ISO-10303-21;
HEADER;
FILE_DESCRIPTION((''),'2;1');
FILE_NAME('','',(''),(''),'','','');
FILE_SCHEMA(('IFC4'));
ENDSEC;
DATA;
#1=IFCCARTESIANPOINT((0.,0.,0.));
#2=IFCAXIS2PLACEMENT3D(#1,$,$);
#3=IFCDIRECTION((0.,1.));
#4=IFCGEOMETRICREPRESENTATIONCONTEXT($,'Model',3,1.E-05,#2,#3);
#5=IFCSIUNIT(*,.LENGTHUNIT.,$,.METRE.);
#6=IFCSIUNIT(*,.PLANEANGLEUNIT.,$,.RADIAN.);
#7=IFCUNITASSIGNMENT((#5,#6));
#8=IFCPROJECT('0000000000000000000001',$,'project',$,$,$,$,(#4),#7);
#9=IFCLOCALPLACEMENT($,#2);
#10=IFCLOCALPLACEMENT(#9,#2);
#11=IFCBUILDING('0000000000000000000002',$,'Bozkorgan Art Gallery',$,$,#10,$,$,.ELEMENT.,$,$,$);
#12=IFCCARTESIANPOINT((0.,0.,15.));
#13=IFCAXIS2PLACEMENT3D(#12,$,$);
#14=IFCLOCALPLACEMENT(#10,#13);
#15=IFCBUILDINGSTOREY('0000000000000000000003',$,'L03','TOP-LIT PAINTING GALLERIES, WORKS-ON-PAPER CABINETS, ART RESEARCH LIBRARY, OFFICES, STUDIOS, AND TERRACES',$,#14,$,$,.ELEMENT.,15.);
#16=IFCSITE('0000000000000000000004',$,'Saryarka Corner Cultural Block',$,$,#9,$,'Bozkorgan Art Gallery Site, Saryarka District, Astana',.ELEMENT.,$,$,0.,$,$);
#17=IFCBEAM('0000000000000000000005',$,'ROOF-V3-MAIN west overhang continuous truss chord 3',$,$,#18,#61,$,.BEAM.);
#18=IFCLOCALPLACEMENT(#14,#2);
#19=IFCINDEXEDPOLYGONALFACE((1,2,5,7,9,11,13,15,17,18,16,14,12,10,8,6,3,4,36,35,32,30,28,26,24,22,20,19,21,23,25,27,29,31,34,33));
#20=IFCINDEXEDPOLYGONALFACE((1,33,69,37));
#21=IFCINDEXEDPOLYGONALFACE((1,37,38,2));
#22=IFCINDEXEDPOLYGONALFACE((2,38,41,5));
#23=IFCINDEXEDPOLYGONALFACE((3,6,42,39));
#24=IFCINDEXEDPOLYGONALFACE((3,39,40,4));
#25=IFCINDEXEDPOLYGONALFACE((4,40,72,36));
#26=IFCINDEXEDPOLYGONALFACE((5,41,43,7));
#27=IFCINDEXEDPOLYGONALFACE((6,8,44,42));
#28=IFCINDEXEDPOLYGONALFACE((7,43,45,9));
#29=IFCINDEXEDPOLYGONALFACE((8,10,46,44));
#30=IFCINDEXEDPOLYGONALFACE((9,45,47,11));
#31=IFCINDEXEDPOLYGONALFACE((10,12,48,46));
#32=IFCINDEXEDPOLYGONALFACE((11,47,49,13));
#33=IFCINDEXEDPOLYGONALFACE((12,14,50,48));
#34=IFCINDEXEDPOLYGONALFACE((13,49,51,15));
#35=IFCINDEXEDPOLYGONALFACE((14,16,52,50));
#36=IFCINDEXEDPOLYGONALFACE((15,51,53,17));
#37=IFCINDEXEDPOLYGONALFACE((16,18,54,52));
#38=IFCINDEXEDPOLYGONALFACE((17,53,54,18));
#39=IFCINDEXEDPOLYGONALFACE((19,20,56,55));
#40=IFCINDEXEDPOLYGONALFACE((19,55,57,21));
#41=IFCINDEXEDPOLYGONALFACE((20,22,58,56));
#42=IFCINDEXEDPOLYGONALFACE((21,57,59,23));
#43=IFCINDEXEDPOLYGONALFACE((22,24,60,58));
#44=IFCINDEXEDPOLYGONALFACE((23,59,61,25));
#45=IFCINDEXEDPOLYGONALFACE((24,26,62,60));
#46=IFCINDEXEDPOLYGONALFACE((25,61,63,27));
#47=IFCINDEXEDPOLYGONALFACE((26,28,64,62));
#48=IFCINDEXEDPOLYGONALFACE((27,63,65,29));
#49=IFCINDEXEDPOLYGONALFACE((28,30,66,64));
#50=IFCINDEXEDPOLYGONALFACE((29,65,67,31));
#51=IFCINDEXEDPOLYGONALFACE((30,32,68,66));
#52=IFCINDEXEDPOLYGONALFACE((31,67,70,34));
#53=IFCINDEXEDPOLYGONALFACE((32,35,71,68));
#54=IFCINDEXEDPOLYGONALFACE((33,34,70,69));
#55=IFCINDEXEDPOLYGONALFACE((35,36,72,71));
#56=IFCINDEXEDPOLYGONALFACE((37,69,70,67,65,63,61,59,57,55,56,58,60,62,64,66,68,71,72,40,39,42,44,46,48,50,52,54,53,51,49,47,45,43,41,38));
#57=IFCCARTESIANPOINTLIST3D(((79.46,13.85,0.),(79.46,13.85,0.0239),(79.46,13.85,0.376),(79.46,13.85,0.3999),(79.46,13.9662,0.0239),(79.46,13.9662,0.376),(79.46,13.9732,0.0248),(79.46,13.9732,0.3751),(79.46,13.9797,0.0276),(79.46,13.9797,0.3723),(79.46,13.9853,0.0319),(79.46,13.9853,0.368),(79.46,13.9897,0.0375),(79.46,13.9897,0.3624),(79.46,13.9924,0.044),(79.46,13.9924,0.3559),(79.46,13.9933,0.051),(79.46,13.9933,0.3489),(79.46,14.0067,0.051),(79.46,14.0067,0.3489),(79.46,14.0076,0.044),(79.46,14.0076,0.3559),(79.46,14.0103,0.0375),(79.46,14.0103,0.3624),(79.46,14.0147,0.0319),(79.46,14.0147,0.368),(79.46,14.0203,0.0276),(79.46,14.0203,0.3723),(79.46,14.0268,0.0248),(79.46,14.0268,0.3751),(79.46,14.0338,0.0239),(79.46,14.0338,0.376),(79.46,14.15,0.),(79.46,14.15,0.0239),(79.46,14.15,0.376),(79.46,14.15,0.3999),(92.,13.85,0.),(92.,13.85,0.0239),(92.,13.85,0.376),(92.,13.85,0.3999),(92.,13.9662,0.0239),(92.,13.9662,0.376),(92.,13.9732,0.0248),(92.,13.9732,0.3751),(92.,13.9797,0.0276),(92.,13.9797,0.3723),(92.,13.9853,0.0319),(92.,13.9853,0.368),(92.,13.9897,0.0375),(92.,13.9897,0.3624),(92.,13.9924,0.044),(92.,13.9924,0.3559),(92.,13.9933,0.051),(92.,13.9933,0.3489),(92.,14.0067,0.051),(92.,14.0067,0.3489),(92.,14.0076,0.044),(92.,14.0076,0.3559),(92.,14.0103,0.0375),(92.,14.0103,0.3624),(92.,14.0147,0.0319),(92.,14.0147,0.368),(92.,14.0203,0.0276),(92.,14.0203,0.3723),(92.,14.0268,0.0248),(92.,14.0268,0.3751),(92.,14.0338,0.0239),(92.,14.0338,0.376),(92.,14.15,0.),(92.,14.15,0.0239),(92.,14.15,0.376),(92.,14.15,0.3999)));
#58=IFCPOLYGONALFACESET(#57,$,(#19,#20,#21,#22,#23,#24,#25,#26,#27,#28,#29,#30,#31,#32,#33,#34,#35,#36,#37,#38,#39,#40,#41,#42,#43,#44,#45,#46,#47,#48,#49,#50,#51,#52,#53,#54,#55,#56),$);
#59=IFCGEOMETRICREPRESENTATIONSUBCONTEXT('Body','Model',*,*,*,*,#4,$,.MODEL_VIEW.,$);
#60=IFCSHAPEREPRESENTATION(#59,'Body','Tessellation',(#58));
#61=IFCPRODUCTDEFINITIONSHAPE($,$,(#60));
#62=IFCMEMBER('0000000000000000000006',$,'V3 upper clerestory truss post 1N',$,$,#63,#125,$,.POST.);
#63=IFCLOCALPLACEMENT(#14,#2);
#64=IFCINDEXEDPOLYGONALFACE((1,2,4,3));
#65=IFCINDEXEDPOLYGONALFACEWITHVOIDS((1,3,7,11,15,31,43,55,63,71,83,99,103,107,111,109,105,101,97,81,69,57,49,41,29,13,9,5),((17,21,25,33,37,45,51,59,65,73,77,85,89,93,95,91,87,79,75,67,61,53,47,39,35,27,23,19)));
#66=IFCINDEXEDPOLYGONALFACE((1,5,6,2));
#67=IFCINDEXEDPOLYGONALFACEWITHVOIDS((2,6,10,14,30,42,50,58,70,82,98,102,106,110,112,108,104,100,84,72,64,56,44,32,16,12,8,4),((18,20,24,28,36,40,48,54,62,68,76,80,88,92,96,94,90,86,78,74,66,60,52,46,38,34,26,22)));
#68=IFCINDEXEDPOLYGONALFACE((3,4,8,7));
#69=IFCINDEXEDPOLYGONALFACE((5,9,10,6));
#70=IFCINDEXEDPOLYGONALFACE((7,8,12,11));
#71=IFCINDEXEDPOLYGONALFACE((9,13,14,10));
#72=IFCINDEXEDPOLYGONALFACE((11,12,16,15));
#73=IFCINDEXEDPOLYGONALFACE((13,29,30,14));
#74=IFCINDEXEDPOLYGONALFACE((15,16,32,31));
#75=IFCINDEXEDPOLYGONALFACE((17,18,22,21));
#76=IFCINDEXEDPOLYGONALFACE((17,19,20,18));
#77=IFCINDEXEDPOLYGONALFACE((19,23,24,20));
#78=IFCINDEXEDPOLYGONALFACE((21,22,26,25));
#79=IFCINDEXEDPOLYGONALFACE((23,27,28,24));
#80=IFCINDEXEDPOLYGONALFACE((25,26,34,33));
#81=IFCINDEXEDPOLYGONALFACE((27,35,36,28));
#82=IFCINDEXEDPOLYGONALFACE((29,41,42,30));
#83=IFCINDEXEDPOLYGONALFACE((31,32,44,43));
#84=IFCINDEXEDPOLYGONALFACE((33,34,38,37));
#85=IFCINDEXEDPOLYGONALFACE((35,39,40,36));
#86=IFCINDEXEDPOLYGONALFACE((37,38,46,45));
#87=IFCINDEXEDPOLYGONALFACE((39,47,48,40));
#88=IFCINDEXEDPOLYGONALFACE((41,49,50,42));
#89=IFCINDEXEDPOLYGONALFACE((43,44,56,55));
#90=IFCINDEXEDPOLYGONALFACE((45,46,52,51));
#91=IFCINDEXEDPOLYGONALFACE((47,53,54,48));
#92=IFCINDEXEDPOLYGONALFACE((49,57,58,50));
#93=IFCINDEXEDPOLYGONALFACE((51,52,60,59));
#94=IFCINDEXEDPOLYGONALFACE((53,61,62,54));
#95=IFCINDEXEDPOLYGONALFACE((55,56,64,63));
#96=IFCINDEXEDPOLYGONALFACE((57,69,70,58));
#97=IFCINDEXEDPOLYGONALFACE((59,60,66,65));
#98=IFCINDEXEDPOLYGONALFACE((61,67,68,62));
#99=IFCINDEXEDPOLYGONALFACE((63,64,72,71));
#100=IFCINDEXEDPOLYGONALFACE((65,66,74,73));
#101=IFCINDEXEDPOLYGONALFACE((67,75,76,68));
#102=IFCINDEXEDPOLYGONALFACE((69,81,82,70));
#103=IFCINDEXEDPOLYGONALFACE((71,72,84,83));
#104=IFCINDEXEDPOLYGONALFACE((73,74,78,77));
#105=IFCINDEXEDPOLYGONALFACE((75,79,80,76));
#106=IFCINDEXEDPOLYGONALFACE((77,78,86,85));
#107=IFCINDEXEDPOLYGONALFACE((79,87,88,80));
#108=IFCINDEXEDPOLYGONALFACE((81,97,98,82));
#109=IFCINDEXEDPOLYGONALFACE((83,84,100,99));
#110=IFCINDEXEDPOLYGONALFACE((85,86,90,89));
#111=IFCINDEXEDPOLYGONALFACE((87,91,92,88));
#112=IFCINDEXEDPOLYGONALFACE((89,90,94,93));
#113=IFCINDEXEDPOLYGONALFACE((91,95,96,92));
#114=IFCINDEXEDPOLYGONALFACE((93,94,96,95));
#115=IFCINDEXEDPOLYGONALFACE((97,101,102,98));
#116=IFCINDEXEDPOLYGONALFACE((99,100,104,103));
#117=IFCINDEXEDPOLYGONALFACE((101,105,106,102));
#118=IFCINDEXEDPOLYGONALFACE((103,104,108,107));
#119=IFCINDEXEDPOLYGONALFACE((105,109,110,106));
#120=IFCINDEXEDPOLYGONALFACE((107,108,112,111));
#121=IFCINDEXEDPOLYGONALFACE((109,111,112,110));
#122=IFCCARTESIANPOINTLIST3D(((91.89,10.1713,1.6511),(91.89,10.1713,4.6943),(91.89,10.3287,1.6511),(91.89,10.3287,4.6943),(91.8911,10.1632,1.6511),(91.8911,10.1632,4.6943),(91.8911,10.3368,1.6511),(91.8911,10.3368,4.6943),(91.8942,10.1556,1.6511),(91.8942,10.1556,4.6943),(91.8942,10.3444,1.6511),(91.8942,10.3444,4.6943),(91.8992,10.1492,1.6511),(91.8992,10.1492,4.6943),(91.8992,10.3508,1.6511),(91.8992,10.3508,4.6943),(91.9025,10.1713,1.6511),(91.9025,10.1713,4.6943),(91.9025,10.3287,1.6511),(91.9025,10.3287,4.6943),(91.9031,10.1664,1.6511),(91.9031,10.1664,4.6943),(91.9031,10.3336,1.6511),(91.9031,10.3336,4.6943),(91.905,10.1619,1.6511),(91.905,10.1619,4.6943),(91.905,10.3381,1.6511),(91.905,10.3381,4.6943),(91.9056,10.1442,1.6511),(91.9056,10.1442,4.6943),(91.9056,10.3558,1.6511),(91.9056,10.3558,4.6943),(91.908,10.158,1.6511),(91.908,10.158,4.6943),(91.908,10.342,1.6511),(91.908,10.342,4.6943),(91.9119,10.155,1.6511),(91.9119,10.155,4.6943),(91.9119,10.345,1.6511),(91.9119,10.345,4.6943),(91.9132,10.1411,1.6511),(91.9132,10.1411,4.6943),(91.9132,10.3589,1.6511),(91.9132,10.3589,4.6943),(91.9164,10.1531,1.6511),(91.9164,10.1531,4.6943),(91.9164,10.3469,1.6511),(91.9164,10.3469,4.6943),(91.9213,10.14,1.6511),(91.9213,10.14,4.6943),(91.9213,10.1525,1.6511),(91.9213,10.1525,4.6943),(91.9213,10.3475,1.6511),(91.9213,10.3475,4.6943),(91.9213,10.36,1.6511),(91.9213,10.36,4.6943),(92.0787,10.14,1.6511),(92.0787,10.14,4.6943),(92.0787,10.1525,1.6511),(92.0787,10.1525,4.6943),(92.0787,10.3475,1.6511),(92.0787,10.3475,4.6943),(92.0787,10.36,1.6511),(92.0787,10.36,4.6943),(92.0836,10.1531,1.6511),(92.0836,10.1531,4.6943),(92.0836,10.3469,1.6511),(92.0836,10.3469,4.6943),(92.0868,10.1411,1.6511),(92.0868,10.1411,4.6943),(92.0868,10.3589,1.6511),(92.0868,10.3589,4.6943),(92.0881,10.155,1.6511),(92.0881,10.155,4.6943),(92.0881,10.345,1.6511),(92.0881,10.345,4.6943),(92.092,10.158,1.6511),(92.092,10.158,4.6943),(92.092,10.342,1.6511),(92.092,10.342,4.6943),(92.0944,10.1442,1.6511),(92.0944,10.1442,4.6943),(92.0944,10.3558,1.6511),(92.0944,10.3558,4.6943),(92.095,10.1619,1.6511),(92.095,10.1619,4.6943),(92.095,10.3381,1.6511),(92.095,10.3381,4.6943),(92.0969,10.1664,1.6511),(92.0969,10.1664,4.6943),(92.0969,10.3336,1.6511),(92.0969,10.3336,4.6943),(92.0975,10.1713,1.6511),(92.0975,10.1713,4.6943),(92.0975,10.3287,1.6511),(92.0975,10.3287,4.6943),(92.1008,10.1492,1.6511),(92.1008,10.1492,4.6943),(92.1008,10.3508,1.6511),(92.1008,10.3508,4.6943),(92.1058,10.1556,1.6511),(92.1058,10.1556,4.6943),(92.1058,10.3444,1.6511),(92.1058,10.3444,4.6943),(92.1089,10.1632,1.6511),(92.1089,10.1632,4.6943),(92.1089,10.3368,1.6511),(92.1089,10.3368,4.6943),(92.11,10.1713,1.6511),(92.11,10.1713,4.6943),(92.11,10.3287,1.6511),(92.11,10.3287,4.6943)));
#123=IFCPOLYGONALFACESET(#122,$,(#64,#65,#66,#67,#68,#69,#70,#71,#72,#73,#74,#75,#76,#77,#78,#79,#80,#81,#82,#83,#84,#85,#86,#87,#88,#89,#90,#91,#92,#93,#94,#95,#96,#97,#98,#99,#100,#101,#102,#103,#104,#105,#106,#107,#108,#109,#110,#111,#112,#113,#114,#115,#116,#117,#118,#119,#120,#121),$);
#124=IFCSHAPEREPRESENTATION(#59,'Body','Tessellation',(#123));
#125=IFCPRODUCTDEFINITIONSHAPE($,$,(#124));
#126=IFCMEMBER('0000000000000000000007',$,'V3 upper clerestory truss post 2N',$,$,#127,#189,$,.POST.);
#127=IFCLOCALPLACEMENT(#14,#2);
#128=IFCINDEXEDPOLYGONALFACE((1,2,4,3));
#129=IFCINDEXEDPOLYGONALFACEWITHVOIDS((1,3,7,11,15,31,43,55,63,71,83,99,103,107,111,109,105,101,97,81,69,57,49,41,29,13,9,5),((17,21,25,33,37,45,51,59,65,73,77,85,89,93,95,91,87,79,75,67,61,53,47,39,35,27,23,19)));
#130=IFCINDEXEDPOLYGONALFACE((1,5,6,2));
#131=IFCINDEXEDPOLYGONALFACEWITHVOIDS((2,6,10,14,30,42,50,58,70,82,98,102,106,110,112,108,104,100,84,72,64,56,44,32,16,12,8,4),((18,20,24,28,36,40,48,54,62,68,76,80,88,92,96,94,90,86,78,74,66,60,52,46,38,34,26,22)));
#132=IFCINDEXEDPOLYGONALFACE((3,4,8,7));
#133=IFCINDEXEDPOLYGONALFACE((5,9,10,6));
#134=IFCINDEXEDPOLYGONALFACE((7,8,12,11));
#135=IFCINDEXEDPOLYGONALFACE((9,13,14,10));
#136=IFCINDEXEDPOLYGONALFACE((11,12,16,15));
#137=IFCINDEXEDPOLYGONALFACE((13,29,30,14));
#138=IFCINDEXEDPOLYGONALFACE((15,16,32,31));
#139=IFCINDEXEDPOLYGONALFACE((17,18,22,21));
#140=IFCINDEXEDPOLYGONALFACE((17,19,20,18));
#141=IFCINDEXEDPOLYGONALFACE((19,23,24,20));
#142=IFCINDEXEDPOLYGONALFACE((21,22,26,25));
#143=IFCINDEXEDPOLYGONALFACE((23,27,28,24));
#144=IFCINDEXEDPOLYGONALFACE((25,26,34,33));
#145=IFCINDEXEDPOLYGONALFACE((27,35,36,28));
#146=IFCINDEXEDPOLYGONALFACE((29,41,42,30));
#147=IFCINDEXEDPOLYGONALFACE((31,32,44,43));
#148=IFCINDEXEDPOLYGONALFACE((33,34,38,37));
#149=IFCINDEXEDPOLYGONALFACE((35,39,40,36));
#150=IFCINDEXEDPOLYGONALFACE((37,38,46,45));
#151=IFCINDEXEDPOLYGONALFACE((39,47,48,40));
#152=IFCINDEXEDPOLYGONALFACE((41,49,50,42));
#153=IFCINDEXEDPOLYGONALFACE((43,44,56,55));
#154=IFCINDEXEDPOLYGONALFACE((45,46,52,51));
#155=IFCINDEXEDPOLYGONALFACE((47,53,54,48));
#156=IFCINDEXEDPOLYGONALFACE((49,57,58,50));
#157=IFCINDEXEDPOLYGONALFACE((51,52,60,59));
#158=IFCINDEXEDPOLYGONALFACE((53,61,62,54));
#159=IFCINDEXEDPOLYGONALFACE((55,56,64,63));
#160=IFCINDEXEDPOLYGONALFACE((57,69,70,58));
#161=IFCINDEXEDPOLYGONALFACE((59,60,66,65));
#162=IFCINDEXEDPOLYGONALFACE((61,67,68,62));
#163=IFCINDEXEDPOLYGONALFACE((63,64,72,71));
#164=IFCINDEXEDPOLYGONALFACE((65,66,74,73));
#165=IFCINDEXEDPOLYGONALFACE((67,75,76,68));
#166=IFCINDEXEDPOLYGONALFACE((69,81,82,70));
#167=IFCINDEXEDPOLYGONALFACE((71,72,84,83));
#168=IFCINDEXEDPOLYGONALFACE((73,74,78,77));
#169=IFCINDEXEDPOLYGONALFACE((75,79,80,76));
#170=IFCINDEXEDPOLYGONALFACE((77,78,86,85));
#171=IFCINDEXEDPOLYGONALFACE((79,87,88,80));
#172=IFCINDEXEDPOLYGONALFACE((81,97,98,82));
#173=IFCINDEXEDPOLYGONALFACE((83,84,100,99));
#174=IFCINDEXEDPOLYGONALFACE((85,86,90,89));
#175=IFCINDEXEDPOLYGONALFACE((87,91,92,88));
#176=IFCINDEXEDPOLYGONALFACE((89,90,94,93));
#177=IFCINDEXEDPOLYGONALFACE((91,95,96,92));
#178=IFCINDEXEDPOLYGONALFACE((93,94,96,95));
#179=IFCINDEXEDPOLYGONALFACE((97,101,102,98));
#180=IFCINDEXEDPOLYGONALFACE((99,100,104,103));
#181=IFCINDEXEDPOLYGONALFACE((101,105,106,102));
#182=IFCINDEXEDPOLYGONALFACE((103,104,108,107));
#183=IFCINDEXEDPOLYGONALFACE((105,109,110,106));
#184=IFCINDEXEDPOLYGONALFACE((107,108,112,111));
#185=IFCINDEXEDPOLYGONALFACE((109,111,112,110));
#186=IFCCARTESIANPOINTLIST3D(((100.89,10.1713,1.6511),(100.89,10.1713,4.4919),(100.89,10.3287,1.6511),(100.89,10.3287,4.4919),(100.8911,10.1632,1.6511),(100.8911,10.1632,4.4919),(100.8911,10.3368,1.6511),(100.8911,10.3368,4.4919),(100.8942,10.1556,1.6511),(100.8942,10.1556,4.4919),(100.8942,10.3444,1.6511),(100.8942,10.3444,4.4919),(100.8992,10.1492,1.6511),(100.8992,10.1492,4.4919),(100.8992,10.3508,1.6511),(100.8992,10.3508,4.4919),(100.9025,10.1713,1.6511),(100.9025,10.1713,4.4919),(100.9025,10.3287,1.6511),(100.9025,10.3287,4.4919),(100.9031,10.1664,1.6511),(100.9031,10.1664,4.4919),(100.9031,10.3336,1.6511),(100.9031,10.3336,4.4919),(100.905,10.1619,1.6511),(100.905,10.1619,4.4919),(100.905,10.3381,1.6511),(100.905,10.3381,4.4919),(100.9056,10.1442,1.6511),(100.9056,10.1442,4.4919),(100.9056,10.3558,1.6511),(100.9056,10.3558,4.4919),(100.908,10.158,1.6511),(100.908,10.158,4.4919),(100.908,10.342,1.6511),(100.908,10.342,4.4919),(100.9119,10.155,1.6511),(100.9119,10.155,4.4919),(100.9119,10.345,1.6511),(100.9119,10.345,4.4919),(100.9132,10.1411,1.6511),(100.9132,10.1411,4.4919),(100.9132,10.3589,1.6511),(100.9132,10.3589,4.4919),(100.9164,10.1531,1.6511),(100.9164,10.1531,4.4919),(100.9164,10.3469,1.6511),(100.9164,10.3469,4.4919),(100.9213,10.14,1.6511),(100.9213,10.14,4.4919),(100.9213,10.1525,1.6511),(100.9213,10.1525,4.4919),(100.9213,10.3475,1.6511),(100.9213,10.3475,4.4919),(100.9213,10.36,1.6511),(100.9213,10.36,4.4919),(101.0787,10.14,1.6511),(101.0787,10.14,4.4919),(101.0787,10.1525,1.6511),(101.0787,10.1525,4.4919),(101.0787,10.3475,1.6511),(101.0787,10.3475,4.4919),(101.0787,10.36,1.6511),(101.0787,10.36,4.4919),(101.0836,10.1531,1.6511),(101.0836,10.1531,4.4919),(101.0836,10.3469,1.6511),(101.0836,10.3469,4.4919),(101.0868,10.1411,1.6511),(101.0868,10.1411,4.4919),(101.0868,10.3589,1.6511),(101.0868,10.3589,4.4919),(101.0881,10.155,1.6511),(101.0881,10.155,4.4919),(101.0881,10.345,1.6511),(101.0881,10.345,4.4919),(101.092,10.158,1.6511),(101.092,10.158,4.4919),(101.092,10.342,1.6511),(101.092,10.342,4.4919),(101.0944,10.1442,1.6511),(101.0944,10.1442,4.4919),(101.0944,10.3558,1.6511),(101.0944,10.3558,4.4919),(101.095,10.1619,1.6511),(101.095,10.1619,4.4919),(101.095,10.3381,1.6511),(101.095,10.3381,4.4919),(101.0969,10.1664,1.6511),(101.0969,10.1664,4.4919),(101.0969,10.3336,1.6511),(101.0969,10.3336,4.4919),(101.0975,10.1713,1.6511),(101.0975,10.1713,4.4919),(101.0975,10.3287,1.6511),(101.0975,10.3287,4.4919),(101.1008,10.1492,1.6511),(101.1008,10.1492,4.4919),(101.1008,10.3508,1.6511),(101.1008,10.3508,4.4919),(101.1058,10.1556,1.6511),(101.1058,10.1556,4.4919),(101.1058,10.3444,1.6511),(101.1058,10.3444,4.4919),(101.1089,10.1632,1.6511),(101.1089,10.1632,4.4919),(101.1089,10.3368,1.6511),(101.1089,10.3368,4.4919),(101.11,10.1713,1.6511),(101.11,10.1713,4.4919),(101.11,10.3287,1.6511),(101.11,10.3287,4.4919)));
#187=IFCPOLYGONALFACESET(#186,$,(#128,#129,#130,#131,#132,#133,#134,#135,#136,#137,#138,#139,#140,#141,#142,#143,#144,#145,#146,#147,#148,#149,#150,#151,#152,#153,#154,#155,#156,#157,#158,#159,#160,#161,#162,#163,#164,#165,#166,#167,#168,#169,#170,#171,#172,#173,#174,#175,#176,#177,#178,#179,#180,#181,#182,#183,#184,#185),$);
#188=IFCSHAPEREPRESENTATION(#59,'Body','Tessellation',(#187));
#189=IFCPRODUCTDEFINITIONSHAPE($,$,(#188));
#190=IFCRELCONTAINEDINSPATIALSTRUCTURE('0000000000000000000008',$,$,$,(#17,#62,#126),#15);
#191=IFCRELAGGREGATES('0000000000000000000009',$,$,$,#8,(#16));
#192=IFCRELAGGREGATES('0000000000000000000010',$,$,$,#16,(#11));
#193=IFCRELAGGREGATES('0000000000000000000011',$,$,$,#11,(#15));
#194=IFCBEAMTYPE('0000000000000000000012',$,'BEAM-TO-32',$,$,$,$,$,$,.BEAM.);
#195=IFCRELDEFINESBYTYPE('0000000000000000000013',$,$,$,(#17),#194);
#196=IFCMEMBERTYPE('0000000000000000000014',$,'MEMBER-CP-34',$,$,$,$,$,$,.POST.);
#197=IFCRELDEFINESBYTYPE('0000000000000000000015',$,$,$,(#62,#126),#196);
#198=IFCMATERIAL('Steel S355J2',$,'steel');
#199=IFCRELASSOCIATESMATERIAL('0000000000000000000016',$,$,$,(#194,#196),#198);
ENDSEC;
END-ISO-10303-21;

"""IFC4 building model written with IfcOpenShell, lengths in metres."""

from ifc_helpers import new_model, si_unit, direction, frame, origin, origin_2d, place, context, subcontext, project, spatial, hollow_rectangle, i_section, extrude, material, material_profile, profile_set, type_object, element, save


model = new_model("IFC4")

# Units and contexts
model_context = context("Model", 3, precision=1e-05, world=origin(), true_north=direction((0.0, 1.0)))
body_context = subcontext(model_context, "Body", "Model", "MODEL_VIEW")
ifc_project = project(units=[si_unit("LENGTHUNIT", "METRE"), si_unit("PLANEANGLEUNIT", "RADIAN")], contexts=[model_context])

# Site, building, storey
site_placement = place(None, origin())
site = spatial("IfcSite", under=ifc_project, at=site_placement, Name="Saryarka Corner Cultural Block", LongName="Bozkorgan Art Gallery Site, Saryarka District, Astana", CompositionType="ELEMENT", RefElevation=0.0)
building_placement = place(site_placement, origin())
building = spatial("IfcBuilding", under=site, at=building_placement, Name="Bozkorgan Art Gallery", CompositionType="ELEMENT")
storey_placement = place(building_placement, frame((0.0, 0.0, 15.0)))
storey = spatial("IfcBuildingStorey", under=building, at=storey_placement, Name="L03", Description="TOP-LIT PAINTING GALLERIES, WORKS-ON-PAPER CABINETS, ART RESEARCH LIBRARY, OFFICES, STUDIOS, AND TERRACES", CompositionType="ELEMENT", Elevation=15.0)

# Beam
ifc_material = material(Name="Steel S355J2", Category="steel")
ifc_material_profile_1 = material_profile(ifc_material, i_section(OverallWidth=0.3, OverallDepth=0.3999, WebThickness=0.0134, FlangeThickness=0.0239, FilletRadius=0.0271, at=origin_2d()), Name="HEB 400")
ifc_profile_set_1 = profile_set([ifc_material_profile_1], Name="Steel S355J2")
beam_type = type_object("IfcBeamType", Name="BEAM-TO-32", PredefinedType="BEAM", material=ifc_profile_set_1)
beam_placement = place(storey_placement, frame((79.46, 14.0, 0.2), z_axis=(1.0, 0.0, 0.0), x_axis=(0.0, 1.0, 0.0)))
element("IfcBeam", 1, at=beam_placement, inside=storey, type_object=beam_type, Name="ROOF-V3-MAIN west overhang continuous truss chord 3", PredefinedType="BEAM", context=body_context, shape_type="SweptSolid", body=[
    extrude(i_section(OverallWidth=0.3, OverallDepth=0.3999, WebThickness=0.0134, FlangeThickness=0.0239, FilletRadius=0.0271, at=origin_2d()), origin(), (0.0, 0.0, 1.0), 12.54),
])

# Members
ifc_material_profile_2 = material_profile(ifc_material, hollow_rectangle(XDim=0.22, YDim=0.22, WallThickness=0.0125, InnerFilletRadius=0.0188, OuterFilletRadius=0.0312, at=origin_2d()), Name="SHS 220x220x12.5")
ifc_profile_set_2 = profile_set([ifc_material_profile_2], Name="Steel S355J2")
member_type_1 = type_object("IfcMemberType", Name="MEMBER-CP-34", PredefinedType="POST", material=ifc_profile_set_2)
member_1_placement = place(storey_placement, frame((92.0, 10.25, 1.6511), z_axis=(0.0, 0.0, 1.0), x_axis=(1.0, 0.0, 0.0)))
element("IfcMember", 2, at=member_1_placement, inside=storey, type_object=member_type_1, Name="V3 upper clerestory truss post 1N", PredefinedType="POST", context=body_context, shape_type="SweptSolid", body=[
    extrude(hollow_rectangle(XDim=0.22, YDim=0.22, WallThickness=0.0125, InnerFilletRadius=0.0188, OuterFilletRadius=0.0312, at=origin_2d()), origin(), (0.0, 0.0, 1.0), 3.0432),
])
member_2_placement = place(storey_placement, frame((101.0, 10.25, 1.6511), z_axis=(0.0, 0.0, 1.0), x_axis=(1.0, 0.0, 0.0)))
element("IfcMember", 3, at=member_2_placement, inside=storey, type_object=member_type_1, Name="V3 upper clerestory truss post 2N", PredefinedType="POST", context=body_context, shape_type="SweptSolid", body=[
    extrude(hollow_rectangle(XDim=0.22, YDim=0.22, WallThickness=0.0125, InnerFilletRadius=0.0188, OuterFilletRadius=0.0312, at=origin_2d()), origin(), (0.0, 0.0, 1.0), 2.8408),
])

save(model, "model.ifc")
